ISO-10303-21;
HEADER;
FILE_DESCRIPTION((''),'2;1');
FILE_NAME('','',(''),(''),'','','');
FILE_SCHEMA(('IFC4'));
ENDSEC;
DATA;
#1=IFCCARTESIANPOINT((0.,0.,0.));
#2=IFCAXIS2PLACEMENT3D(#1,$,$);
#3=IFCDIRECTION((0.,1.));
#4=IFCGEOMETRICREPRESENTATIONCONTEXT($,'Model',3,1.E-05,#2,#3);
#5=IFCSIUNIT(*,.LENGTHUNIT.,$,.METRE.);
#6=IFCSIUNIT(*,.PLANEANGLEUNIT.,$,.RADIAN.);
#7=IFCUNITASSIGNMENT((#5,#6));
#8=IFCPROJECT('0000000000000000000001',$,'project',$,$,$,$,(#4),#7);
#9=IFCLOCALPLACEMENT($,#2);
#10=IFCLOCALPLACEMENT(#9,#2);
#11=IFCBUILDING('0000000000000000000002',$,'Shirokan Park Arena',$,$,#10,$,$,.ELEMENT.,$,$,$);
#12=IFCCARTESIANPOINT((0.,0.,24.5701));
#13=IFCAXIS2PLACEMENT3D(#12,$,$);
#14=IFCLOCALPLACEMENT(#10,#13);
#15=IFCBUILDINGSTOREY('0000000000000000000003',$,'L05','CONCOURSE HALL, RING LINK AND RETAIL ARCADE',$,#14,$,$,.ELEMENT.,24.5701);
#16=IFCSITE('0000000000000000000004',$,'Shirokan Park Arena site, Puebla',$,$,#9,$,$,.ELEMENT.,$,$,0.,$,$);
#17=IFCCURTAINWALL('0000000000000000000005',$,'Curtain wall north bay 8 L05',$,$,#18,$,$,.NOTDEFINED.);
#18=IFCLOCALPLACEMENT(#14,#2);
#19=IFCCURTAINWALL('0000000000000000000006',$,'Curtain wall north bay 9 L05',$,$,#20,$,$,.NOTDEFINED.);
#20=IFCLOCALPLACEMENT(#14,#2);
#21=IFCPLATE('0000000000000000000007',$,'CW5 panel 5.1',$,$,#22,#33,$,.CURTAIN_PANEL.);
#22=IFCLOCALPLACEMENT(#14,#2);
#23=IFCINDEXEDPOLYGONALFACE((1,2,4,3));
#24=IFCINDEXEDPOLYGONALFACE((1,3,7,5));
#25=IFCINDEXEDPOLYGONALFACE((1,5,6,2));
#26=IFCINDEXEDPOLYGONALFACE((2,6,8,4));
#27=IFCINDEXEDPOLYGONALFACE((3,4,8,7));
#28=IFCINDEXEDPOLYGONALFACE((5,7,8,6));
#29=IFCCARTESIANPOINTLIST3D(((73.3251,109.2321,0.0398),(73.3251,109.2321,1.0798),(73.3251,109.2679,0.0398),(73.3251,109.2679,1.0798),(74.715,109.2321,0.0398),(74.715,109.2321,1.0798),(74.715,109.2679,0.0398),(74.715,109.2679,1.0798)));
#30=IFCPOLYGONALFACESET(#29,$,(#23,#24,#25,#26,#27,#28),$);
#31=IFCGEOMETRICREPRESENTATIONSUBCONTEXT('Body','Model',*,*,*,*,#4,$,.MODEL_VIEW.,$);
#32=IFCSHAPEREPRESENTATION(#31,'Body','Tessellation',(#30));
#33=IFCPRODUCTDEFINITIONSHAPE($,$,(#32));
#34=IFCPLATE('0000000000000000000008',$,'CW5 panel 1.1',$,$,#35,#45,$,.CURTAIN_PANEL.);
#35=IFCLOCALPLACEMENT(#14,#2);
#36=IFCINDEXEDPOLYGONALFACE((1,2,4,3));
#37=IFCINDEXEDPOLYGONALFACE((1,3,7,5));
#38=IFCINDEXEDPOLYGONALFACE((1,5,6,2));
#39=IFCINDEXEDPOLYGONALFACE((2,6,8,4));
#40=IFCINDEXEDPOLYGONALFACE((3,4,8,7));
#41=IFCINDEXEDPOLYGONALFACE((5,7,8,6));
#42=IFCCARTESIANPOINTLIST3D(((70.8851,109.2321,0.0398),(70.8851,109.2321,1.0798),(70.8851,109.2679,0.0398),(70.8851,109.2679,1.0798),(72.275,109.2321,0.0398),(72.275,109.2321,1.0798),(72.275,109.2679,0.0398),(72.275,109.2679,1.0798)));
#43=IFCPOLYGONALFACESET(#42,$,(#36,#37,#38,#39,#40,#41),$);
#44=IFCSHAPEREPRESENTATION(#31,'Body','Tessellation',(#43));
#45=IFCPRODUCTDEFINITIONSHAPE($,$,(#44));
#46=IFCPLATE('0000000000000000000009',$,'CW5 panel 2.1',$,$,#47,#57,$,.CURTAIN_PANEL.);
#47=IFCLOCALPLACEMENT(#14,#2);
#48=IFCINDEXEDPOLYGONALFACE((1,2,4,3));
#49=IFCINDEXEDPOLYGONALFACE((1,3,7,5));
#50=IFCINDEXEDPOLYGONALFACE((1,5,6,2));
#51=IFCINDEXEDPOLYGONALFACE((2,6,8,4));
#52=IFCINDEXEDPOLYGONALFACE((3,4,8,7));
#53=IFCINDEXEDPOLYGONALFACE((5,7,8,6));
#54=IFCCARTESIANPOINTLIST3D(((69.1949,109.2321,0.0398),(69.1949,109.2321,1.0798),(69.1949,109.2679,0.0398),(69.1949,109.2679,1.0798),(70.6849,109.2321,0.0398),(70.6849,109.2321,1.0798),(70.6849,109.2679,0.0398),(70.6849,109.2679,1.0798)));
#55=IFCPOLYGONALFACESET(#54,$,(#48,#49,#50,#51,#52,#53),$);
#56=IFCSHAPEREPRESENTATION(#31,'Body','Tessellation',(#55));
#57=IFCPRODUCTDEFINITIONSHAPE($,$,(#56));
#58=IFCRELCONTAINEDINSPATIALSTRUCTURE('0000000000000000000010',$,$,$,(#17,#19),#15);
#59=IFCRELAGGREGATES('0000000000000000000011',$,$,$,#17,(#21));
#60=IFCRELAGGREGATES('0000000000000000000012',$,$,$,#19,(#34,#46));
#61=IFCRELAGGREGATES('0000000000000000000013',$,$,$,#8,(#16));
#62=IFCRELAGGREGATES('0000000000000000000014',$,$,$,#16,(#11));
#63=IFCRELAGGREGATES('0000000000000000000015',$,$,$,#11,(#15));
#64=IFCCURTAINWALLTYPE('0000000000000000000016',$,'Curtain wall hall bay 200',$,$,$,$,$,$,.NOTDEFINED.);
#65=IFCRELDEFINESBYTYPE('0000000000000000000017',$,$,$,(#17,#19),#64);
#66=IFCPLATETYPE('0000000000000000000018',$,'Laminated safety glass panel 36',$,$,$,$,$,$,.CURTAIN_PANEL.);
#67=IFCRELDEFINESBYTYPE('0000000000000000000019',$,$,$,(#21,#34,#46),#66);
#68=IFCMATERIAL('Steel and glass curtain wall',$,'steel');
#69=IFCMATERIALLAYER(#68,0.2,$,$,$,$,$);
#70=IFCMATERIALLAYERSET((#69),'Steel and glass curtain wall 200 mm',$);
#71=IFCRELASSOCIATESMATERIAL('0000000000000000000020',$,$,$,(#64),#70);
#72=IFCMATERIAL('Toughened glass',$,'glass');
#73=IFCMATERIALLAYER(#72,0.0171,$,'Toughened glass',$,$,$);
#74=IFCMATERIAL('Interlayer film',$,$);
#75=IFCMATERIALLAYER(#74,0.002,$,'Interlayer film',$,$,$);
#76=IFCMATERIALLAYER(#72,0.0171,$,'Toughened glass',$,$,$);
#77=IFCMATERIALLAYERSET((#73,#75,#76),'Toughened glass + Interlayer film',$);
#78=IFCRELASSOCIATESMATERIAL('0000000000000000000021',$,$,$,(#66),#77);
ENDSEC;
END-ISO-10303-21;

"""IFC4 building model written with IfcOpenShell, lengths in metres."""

from ifc_helpers import new_model, si_unit, direction, frame, origin, origin_2d, place, context, subcontext, project, spatial, rectangle, extrude, material, layer, layer_set, type_object, element, aggregate, save


model = new_model("IFC4")

# Units and contexts
model_context = context("Model", 3, precision=1e-05, world=origin(), true_north=direction((0.0, 1.0)))
body_context = subcontext(model_context, "Body", "Model", "MODEL_VIEW")
ifc_project = project(units=[si_unit("LENGTHUNIT", "METRE"), si_unit("PLANEANGLEUNIT", "RADIAN")], contexts=[model_context])

# Site, building, storey
site_placement = place(None, origin())
site = spatial("IfcSite", under=ifc_project, at=site_placement, Name="Shirokan Park Arena site, Puebla", CompositionType="ELEMENT", RefElevation=0.0)
building_placement = place(site_placement, origin())
building = spatial("IfcBuilding", under=site, at=building_placement, Name="Shirokan Park Arena", CompositionType="ELEMENT")
storey_placement = place(building_placement, frame((0.0, 0.0, 24.5701)))
storey = spatial("IfcBuildingStorey", under=building, at=storey_placement, Name="L05", Description="CONCOURSE HALL, RING LINK AND RETAIL ARCADE", CompositionType="ELEMENT", Elevation=24.5701)

# Curtain wall
ifc_material_1 = material(Name="Steel and glass curtain wall", Category="steel")
ifc_layer_1 = layer(ifc_material_1, 0.2)
ifc_layer_set_1 = layer_set([ifc_layer_1], Name="Steel and glass curtain wall 200 mm")
curtain_wall_type = type_object("IfcCurtainWallType", Name="Curtain wall hall bay 200", PredefinedType="NOTDEFINED", material=ifc_layer_set_1)
curtain_wall_1_placement = place(storey_placement, origin())
curtain_wall_1 = element("IfcCurtainWall", 1, at=curtain_wall_1_placement, inside=storey, type_object=curtain_wall_type, Name="Curtain wall north bay 8 L05", PredefinedType="NOTDEFINED")

# Curtain wall
curtain_wall_2_placement = place(storey_placement, origin())
curtain_wall_2 = element("IfcCurtainWall", 2, at=curtain_wall_2_placement, inside=storey, type_object=curtain_wall_type, Name="Curtain wall north bay 9 L05", PredefinedType="NOTDEFINED")

# Plates
ifc_material_2 = material(Name="Toughened glass", Category="glass")
ifc_material_3 = material(Name="Interlayer film")
ifc_layer_2 = layer(ifc_material_2, 0.0171, Name="Toughened glass")
ifc_layer_3 = layer(ifc_material_3, 0.002, Name="Interlayer film")
ifc_layer_4 = layer(ifc_material_2, 0.0171, Name="Toughened glass")
ifc_layer_set_2 = layer_set([ifc_layer_2, ifc_layer_3, ifc_layer_4], Name="Toughened glass + Interlayer film")
plate_type_1 = type_object("IfcPlateType", Name="Laminated safety glass panel 36", PredefinedType="CURTAIN_PANEL", material=ifc_layer_set_2)
plate_1_placement = place(storey_placement, frame((74.02, 109.25, 0.0398), z_axis=(0.0, 0.0, 1.0), x_axis=(-1.0, 0.0, 0.0)))
plate_1 = element("IfcPlate", 3, at=plate_1_placement, type_object=plate_type_1, Name="CW5 panel 5.1", PredefinedType="CURTAIN_PANEL", context=body_context, shape_type="SweptSolid", body=[
    extrude(rectangle(XDim=1.3899, YDim=0.0359, at=origin_2d()), origin(), (0.0, 0.0, 1.0), 1.04),
])
aggregate(curtain_wall_1, [plate_1])
plate_2_placement = place(storey_placement, frame((71.5801, 109.25, 0.0398), z_axis=(0.0, 0.0, 1.0), x_axis=(-1.0, 0.0, 0.0)))
plate_2 = element("IfcPlate", 4, at=plate_2_placement, type_object=plate_type_1, Name="CW5 panel 1.1", PredefinedType="CURTAIN_PANEL", context=body_context, shape_type="SweptSolid", body=[
    extrude(rectangle(XDim=1.3899, YDim=0.0359, at=origin_2d()), origin(), (0.0, 0.0, 1.0), 1.04),
])
plate_3_placement = place(storey_placement, frame((69.9399, 109.25, 0.0398), z_axis=(0.0, 0.0, 1.0), x_axis=(-1.0, 0.0, 0.0)))
plate_3 = element("IfcPlate", 5, at=plate_3_placement, type_object=plate_type_1, Name="CW5 panel 2.1", PredefinedType="CURTAIN_PANEL", context=body_context, shape_type="SweptSolid", body=[
    extrude(rectangle(XDim=1.49, YDim=0.0359, at=origin_2d()), origin(), (0.0, 0.0, 1.0), 1.04),
])
aggregate(curtain_wall_2, [plate_2, plate_3])

save(model, "model.ifc")
